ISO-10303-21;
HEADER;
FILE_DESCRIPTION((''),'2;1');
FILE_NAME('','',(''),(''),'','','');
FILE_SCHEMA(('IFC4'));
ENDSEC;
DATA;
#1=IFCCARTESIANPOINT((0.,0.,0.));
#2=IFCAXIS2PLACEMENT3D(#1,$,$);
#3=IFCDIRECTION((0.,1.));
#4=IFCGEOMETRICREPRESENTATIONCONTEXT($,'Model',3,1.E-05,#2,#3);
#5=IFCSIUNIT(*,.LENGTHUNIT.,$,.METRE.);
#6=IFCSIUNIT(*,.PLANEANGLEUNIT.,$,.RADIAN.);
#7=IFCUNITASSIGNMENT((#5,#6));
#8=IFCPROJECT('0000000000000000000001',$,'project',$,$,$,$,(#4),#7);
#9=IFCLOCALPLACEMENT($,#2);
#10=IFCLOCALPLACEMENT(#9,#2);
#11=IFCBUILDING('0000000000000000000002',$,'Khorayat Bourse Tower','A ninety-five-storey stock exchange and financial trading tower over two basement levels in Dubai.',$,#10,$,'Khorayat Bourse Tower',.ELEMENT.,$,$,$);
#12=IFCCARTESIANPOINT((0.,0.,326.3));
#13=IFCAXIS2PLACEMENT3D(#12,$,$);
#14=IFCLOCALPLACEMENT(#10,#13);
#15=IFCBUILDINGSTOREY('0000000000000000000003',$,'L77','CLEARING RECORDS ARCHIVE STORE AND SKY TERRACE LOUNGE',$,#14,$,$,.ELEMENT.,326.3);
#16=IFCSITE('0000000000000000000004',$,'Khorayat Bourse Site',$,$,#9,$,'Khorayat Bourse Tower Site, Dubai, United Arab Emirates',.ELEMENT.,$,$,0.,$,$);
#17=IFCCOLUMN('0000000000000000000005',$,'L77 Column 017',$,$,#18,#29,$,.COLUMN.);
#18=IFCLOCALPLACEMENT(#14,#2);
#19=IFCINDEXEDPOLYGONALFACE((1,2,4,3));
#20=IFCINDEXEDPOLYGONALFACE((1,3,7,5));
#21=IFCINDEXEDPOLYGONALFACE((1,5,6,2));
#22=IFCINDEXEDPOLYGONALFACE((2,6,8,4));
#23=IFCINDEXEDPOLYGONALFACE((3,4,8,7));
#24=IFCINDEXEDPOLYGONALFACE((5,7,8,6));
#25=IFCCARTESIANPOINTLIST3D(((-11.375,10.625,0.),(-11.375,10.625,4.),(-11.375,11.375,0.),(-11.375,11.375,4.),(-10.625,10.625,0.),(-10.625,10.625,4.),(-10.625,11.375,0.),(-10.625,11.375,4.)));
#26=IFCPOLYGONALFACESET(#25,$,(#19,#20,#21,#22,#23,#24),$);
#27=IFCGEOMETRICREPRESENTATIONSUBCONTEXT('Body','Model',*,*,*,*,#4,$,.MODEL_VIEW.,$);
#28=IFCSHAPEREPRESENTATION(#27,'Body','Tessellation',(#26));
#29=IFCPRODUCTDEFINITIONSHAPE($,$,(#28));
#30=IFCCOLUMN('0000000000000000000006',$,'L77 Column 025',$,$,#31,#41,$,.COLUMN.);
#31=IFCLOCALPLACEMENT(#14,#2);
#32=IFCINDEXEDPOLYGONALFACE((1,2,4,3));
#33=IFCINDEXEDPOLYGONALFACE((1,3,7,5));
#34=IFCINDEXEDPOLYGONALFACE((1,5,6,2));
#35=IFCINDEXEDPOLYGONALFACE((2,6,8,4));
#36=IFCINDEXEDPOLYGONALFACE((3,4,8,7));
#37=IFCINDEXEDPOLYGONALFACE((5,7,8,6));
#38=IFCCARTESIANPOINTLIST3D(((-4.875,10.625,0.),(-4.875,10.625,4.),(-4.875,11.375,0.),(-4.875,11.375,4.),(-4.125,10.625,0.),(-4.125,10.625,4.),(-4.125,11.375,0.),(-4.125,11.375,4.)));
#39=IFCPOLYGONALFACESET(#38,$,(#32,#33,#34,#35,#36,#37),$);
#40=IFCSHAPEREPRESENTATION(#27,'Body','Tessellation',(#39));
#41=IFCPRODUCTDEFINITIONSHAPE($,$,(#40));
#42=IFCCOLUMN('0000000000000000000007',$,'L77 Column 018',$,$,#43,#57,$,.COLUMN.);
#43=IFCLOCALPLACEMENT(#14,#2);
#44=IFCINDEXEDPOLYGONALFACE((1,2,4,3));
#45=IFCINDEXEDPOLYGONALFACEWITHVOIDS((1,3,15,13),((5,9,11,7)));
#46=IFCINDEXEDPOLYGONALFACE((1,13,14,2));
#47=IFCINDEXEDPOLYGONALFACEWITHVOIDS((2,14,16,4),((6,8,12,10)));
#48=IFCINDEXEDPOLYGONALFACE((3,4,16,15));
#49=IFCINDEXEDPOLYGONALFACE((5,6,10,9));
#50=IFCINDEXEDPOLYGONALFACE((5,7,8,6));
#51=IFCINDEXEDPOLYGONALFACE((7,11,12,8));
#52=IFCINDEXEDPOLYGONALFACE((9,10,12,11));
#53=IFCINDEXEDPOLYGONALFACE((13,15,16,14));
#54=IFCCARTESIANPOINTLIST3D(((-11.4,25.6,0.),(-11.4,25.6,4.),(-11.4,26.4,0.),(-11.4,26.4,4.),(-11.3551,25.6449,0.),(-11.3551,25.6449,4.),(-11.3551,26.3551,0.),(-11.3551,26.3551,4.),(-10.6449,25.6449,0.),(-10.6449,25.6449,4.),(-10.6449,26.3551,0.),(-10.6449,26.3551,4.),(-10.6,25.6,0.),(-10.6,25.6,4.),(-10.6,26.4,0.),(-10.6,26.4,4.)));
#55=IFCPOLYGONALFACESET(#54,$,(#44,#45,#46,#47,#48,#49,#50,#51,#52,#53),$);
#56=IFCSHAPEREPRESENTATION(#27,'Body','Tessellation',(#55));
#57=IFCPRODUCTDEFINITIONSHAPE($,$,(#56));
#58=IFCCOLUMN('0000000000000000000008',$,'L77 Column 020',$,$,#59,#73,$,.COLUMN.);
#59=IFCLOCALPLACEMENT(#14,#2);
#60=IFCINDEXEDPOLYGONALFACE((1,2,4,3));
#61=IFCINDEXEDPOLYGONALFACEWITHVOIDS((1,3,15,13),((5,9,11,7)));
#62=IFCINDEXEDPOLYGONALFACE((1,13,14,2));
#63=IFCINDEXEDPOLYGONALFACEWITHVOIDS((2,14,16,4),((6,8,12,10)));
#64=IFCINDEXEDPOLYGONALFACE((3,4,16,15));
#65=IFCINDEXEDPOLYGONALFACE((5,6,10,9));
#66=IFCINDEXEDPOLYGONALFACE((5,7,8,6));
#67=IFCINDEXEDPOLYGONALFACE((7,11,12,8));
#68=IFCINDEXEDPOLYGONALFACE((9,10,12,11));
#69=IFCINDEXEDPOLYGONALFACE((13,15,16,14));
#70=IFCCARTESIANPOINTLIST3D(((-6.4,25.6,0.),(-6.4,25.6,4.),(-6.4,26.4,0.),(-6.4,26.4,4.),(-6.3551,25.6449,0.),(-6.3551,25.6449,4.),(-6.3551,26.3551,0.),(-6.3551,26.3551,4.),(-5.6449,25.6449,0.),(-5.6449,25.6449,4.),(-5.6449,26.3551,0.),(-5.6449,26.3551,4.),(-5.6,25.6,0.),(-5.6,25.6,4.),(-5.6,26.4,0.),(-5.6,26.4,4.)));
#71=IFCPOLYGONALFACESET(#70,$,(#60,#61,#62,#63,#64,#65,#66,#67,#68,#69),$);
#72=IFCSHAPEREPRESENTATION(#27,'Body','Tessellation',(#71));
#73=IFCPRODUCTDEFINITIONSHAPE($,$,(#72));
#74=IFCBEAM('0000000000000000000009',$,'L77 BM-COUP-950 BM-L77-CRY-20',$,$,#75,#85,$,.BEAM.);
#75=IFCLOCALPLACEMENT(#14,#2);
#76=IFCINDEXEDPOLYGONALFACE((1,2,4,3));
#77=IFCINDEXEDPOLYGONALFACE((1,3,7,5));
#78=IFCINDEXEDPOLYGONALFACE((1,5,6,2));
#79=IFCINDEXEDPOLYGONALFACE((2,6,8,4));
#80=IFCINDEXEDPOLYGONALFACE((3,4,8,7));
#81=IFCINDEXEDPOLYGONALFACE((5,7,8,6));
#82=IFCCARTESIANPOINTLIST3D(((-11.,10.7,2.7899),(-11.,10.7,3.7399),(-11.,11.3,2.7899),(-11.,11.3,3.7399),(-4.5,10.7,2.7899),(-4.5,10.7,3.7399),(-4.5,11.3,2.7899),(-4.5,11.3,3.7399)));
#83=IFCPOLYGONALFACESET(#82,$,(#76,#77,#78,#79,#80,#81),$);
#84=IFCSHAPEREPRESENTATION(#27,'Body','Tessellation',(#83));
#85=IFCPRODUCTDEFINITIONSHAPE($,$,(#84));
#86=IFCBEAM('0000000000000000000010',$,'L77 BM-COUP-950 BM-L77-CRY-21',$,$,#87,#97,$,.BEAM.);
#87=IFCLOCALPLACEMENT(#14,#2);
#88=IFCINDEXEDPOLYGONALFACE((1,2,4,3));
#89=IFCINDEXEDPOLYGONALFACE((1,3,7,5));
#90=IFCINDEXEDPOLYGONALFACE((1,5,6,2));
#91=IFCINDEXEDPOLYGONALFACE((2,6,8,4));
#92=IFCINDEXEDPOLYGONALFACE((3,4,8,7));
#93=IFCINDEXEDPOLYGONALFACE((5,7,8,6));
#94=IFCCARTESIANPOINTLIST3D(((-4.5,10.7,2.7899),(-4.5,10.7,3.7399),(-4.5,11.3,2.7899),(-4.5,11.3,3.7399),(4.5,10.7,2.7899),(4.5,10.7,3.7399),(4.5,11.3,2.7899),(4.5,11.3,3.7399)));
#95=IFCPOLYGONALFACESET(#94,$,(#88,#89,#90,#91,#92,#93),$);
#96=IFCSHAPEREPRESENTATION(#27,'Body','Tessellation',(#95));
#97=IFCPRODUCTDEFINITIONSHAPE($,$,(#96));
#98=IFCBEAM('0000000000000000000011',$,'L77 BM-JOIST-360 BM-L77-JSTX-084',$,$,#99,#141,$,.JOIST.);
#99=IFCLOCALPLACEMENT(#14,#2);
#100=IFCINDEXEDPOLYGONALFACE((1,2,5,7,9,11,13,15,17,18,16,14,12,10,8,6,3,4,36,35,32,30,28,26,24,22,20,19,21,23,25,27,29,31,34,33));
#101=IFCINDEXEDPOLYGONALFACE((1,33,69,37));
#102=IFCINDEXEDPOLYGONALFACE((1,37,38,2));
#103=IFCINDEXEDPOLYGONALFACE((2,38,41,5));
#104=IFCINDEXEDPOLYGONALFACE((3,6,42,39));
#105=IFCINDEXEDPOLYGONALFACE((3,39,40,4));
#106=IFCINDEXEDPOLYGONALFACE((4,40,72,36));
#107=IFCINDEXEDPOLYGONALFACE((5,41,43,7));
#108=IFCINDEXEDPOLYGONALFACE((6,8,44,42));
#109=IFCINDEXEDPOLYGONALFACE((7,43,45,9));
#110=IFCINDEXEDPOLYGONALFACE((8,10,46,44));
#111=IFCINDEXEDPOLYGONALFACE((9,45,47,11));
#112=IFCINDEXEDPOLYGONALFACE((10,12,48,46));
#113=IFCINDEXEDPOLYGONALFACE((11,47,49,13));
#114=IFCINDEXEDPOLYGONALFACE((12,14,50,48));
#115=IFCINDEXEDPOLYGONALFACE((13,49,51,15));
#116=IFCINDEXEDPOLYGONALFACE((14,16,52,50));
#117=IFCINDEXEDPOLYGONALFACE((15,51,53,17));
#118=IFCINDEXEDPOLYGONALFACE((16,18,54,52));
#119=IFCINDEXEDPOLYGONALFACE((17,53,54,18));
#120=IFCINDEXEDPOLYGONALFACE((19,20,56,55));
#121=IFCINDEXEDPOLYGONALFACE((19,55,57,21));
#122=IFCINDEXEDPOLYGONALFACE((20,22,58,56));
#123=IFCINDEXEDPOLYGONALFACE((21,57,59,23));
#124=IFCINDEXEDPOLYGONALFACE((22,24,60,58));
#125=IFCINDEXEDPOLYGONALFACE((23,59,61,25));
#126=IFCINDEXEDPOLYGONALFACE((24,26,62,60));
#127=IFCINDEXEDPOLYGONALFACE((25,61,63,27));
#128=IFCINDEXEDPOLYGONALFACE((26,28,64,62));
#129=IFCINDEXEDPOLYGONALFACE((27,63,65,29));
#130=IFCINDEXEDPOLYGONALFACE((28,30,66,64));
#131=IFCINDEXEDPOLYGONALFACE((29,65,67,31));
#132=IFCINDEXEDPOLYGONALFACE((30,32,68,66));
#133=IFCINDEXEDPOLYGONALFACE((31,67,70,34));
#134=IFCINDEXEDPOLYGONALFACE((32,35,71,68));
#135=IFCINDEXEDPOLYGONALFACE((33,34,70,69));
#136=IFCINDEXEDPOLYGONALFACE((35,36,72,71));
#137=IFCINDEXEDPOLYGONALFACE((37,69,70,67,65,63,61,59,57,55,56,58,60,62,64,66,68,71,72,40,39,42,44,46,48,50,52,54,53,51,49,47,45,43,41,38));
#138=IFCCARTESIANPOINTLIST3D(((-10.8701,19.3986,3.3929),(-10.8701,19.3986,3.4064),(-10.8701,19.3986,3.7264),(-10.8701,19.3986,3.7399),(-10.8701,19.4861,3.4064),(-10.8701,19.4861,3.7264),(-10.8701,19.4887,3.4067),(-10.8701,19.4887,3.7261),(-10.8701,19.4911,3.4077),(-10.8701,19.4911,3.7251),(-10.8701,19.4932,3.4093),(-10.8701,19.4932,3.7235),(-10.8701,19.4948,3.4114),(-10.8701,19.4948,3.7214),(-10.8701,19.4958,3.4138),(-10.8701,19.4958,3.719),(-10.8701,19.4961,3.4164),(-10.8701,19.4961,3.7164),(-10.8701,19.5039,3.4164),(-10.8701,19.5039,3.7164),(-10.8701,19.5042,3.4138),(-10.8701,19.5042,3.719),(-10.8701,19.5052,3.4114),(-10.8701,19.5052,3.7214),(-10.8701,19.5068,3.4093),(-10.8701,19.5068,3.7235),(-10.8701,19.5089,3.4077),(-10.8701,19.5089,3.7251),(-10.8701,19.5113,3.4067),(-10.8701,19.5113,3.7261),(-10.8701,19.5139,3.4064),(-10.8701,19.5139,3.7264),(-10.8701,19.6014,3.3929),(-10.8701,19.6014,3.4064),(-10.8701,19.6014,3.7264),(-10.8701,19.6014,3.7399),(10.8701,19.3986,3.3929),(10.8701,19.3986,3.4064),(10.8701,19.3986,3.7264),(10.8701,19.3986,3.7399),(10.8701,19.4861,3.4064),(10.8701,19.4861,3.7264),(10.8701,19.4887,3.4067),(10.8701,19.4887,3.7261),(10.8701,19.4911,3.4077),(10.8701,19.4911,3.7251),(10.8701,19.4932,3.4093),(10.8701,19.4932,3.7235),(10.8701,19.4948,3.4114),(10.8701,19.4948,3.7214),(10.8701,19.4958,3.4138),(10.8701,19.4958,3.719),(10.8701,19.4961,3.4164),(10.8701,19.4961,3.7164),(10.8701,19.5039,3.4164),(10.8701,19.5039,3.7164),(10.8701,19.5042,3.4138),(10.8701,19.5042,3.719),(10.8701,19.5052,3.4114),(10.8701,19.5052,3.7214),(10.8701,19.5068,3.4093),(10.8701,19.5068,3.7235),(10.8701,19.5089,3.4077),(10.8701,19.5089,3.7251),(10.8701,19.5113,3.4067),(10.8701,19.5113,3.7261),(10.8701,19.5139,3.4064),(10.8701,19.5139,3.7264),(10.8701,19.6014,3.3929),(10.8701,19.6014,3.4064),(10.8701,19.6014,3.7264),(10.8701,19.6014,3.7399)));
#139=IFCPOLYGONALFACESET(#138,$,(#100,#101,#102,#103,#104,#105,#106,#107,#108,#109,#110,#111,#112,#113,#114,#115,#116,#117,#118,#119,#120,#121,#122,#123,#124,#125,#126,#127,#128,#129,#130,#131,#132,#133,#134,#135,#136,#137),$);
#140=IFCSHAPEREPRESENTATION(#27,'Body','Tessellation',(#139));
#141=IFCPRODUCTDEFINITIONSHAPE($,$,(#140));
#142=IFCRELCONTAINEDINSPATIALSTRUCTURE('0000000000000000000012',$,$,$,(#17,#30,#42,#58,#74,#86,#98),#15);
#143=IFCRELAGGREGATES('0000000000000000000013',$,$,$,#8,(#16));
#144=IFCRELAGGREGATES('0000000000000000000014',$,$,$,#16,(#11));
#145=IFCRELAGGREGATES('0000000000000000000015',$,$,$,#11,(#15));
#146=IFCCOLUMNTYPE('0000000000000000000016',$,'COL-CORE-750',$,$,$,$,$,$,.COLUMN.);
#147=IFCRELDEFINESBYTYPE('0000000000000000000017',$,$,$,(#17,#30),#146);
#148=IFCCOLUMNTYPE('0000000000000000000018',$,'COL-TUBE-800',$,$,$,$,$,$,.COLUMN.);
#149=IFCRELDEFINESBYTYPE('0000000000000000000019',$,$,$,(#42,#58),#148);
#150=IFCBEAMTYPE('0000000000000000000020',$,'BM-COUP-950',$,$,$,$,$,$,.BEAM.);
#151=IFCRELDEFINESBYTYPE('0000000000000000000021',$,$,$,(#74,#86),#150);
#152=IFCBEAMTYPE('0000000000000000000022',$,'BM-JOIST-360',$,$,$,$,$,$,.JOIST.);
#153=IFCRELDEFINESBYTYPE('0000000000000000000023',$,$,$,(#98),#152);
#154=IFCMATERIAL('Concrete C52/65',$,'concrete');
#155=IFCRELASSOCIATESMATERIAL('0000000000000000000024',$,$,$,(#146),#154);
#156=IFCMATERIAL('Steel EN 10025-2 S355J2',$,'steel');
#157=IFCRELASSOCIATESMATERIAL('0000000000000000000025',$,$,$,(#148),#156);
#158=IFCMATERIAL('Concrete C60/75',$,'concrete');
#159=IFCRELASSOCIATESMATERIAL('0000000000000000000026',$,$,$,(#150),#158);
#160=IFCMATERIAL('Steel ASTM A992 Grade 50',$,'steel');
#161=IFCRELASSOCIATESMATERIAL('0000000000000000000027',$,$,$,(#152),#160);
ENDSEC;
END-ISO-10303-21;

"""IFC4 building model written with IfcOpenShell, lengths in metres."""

from ifc_helpers import new_model, si_unit, direction, frame, origin, origin_2d, place, context, subcontext, project, spatial, rectangle, hollow_rectangle, i_section, extrude, source, transform, mapped, material, material_profile, profile_set, type_object, element, save


model = new_model("IFC4")

# Units and contexts
model_context = context("Model", 3, precision=1e-05, world=origin(), true_north=direction((0.0, 1.0)))
body_context = subcontext(model_context, "Body", "Model", "MODEL_VIEW")
ifc_project = project(units=[si_unit("LENGTHUNIT", "METRE"), si_unit("PLANEANGLEUNIT", "RADIAN")], contexts=[model_context])

# Site, building, storey
site_placement = place(None, origin())
site = spatial("IfcSite", under=ifc_project, at=site_placement, Name="Khorayat Bourse Site", LongName="Khorayat Bourse Tower Site, Dubai, United Arab Emirates", CompositionType="ELEMENT", RefElevation=0.0)
building_placement = place(site_placement, origin())
building = spatial("IfcBuilding", under=site, at=building_placement, Name="Khorayat Bourse Tower", Description="A ninety-five-storey stock exchange and financial trading tower over two basement levels in Dubai.", LongName="Khorayat Bourse Tower", CompositionType="ELEMENT")
storey_placement = place(building_placement, frame((0.0, 0.0, 326.3)))
storey = spatial("IfcBuildingStorey", under=building, at=storey_placement, Name="L77", Description="CLEARING RECORDS ARCHIVE STORE AND SKY TERRACE LOUNGE", CompositionType="ELEMENT", Elevation=326.3)

# Columns
ifc_material_1 = material(Name="Concrete C52/65", Category="concrete")
ifc_material_profile_1 = material_profile(ifc_material_1, rectangle(XDim=0.75, YDim=0.75, at=origin_2d()), Name="RC 750x750")
ifc_profile_set_1 = profile_set([ifc_material_profile_1], Name="Concrete C52/65")
column_type_1 = type_object("IfcColumnType", Name="COL-CORE-750", PredefinedType="COLUMN", material=ifc_profile_set_1)
shared_shape_1 = source(origin(), body_context, "Body", "SweptSolid", [
    extrude(rectangle(XDim=0.75, YDim=0.75, at=origin_2d()), origin(), (0.0, 0.0, 1.0), 4.0),
])
for number, where, z_axis, x_axis, name in (
    (1, (-11.0, 11.0, 0.0), (0.0, 0.0, 1.0), (1.0, 0.0, 0.0), "L77 Column 017"),
    (2, (-4.5, 11.0, 0.0), (0.0, 0.0, 1.0), (1.0, 0.0, 0.0), "L77 Column 025"),
):
    element("IfcColumn", number, at=place(storey_placement, frame(where, z_axis=z_axis, x_axis=x_axis)), inside=storey, type_object=column_type_1, Name=name, PredefinedType="COLUMN", context=body_context, shape_type="MappedRepresentation", body=[
        mapped(shared_shape_1, transform((0.0, 0.0, 0.0), scale=1.0)),
    ])
ifc_material_2 = material(Name="Steel EN 10025-2 S355J2", Category="steel")
ifc_material_profile_2 = material_profile(ifc_material_2, hollow_rectangle(XDim=0.8, YDim=0.8, WallThickness=0.0449, at=origin_2d()), Name="BOX 800x800x45")
ifc_profile_set_2 = profile_set([ifc_material_profile_2], Name="Steel EN 10025-2 S355J2")
column_type_2 = type_object("IfcColumnType", Name="COL-TUBE-800", PredefinedType="COLUMN", material=ifc_profile_set_2)
shared_shape_2 = source(origin(), body_context, "Body", "SweptSolid", [
    extrude(hollow_rectangle(XDim=0.8, YDim=0.8, WallThickness=0.0449, at=origin_2d()), origin(), (0.0, 0.0, 1.0), 4.0),
])
for number, where, z_axis, x_axis, name in (
    (3, (-11.0, 26.0, 0.0), (0.0, 0.0, 1.0), (1.0, 0.0, 0.0), "L77 Column 018"),
    (4, (-6.0, 26.0, 0.0), (0.0, 0.0, 1.0), (1.0, 0.0, 0.0), "L77 Column 020"),
):
    element("IfcColumn", number, at=place(storey_placement, frame(where, z_axis=z_axis, x_axis=x_axis)), inside=storey, type_object=column_type_2, Name=name, PredefinedType="COLUMN", context=body_context, shape_type="MappedRepresentation", body=[
        mapped(shared_shape_2, transform((0.0, 0.0, 0.0), scale=1.0)),
    ])

# Beams
ifc_material_3 = material(Name="Concrete C60/75", Category="concrete")
ifc_material_profile_3 = material_profile(ifc_material_3, rectangle(XDim=0.6001, YDim=0.95, at=origin_2d()), Name="RC 600x950")
ifc_profile_set_3 = profile_set([ifc_material_profile_3], Name="Concrete C60/75")
beam_type_1 = type_object("IfcBeamType", Name="BM-COUP-950", PredefinedType="BEAM", material=ifc_profile_set_3)
shared_shape_3 = source(origin(), body_context, "Body", "SweptSolid", [
    extrude(rectangle(XDim=0.6001, YDim=0.95, at=origin_2d()), origin(), (0.0, 0.0, 1.0), 6.5),
])
beam_1_placement = place(storey_placement, frame((-11.0, 11.0, 3.2649), z_axis=(1.0, 0.0, 0.0), x_axis=(0.0, 1.0, 0.0)))
element("IfcBeam", 5, at=beam_1_placement, inside=storey, type_object=beam_type_1, Name="L77 BM-COUP-950 BM-L77-CRY-20", PredefinedType="BEAM", context=body_context, shape_type="MappedRepresentation", body=[
    mapped(shared_shape_3, transform((0.0, 0.0, 0.0), scale=1.0)),
])
shared_shape_4 = source(origin(), body_context, "Body", "SweptSolid", [
    extrude(rectangle(XDim=0.6001, YDim=0.95, at=origin_2d()), origin(), (0.0, 0.0, 1.0), 9.0),
])
beam_2_placement = place(storey_placement, frame((-4.5, 11.0, 3.2649), z_axis=(1.0, 0.0, 0.0), x_axis=(0.0, 1.0, 0.0)))
element("IfcBeam", 6, at=beam_2_placement, inside=storey, type_object=beam_type_1, Name="L77 BM-COUP-950 BM-L77-CRY-21", PredefinedType="BEAM", context=body_context, shape_type="MappedRepresentation", body=[
    mapped(shared_shape_4, transform((0.0, 0.0, 0.0), scale=1.0)),
])
ifc_material_4 = material(Name="Steel ASTM A992 Grade 50", Category="steel")
ifc_material_profile_4 = material_profile(ifc_material_4, i_section(OverallWidth=0.2029, OverallDepth=0.3469, WebThickness=0.0078, FlangeThickness=0.0134, FilletRadius=0.01, at=origin_2d()), Name="W360X64")
ifc_profile_set_4 = profile_set([ifc_material_profile_4], Name="Steel ASTM A992 Grade 50")
beam_type_2 = type_object("IfcBeamType", Name="BM-JOIST-360", PredefinedType="JOIST", material=ifc_profile_set_4)
shared_shape_5 = source(origin(), body_context, "Body", "SweptSolid", [
    extrude(i_section(OverallWidth=0.2029, OverallDepth=0.3469, WebThickness=0.0078, FlangeThickness=0.0134, FilletRadius=0.01, at=origin_2d()), origin(), (0.0, 0.0, 1.0), 21.7402),
])
beam_3_placement = place(storey_placement, frame((-10.8701, 19.5, 3.5664), z_axis=(1.0, 0.0, 0.0), x_axis=(0.0, 1.0, 0.0)))
element("IfcBeam", 7, at=beam_3_placement, inside=storey, type_object=beam_type_2, Name="L77 BM-JOIST-360 BM-L77-JSTX-084", PredefinedType="JOIST", context=body_context, shape_type="MappedRepresentation", body=[
    mapped(shared_shape_5, transform((0.0, 0.0, 0.0), scale=1.0)),
])

save(model, "model.ifc")
